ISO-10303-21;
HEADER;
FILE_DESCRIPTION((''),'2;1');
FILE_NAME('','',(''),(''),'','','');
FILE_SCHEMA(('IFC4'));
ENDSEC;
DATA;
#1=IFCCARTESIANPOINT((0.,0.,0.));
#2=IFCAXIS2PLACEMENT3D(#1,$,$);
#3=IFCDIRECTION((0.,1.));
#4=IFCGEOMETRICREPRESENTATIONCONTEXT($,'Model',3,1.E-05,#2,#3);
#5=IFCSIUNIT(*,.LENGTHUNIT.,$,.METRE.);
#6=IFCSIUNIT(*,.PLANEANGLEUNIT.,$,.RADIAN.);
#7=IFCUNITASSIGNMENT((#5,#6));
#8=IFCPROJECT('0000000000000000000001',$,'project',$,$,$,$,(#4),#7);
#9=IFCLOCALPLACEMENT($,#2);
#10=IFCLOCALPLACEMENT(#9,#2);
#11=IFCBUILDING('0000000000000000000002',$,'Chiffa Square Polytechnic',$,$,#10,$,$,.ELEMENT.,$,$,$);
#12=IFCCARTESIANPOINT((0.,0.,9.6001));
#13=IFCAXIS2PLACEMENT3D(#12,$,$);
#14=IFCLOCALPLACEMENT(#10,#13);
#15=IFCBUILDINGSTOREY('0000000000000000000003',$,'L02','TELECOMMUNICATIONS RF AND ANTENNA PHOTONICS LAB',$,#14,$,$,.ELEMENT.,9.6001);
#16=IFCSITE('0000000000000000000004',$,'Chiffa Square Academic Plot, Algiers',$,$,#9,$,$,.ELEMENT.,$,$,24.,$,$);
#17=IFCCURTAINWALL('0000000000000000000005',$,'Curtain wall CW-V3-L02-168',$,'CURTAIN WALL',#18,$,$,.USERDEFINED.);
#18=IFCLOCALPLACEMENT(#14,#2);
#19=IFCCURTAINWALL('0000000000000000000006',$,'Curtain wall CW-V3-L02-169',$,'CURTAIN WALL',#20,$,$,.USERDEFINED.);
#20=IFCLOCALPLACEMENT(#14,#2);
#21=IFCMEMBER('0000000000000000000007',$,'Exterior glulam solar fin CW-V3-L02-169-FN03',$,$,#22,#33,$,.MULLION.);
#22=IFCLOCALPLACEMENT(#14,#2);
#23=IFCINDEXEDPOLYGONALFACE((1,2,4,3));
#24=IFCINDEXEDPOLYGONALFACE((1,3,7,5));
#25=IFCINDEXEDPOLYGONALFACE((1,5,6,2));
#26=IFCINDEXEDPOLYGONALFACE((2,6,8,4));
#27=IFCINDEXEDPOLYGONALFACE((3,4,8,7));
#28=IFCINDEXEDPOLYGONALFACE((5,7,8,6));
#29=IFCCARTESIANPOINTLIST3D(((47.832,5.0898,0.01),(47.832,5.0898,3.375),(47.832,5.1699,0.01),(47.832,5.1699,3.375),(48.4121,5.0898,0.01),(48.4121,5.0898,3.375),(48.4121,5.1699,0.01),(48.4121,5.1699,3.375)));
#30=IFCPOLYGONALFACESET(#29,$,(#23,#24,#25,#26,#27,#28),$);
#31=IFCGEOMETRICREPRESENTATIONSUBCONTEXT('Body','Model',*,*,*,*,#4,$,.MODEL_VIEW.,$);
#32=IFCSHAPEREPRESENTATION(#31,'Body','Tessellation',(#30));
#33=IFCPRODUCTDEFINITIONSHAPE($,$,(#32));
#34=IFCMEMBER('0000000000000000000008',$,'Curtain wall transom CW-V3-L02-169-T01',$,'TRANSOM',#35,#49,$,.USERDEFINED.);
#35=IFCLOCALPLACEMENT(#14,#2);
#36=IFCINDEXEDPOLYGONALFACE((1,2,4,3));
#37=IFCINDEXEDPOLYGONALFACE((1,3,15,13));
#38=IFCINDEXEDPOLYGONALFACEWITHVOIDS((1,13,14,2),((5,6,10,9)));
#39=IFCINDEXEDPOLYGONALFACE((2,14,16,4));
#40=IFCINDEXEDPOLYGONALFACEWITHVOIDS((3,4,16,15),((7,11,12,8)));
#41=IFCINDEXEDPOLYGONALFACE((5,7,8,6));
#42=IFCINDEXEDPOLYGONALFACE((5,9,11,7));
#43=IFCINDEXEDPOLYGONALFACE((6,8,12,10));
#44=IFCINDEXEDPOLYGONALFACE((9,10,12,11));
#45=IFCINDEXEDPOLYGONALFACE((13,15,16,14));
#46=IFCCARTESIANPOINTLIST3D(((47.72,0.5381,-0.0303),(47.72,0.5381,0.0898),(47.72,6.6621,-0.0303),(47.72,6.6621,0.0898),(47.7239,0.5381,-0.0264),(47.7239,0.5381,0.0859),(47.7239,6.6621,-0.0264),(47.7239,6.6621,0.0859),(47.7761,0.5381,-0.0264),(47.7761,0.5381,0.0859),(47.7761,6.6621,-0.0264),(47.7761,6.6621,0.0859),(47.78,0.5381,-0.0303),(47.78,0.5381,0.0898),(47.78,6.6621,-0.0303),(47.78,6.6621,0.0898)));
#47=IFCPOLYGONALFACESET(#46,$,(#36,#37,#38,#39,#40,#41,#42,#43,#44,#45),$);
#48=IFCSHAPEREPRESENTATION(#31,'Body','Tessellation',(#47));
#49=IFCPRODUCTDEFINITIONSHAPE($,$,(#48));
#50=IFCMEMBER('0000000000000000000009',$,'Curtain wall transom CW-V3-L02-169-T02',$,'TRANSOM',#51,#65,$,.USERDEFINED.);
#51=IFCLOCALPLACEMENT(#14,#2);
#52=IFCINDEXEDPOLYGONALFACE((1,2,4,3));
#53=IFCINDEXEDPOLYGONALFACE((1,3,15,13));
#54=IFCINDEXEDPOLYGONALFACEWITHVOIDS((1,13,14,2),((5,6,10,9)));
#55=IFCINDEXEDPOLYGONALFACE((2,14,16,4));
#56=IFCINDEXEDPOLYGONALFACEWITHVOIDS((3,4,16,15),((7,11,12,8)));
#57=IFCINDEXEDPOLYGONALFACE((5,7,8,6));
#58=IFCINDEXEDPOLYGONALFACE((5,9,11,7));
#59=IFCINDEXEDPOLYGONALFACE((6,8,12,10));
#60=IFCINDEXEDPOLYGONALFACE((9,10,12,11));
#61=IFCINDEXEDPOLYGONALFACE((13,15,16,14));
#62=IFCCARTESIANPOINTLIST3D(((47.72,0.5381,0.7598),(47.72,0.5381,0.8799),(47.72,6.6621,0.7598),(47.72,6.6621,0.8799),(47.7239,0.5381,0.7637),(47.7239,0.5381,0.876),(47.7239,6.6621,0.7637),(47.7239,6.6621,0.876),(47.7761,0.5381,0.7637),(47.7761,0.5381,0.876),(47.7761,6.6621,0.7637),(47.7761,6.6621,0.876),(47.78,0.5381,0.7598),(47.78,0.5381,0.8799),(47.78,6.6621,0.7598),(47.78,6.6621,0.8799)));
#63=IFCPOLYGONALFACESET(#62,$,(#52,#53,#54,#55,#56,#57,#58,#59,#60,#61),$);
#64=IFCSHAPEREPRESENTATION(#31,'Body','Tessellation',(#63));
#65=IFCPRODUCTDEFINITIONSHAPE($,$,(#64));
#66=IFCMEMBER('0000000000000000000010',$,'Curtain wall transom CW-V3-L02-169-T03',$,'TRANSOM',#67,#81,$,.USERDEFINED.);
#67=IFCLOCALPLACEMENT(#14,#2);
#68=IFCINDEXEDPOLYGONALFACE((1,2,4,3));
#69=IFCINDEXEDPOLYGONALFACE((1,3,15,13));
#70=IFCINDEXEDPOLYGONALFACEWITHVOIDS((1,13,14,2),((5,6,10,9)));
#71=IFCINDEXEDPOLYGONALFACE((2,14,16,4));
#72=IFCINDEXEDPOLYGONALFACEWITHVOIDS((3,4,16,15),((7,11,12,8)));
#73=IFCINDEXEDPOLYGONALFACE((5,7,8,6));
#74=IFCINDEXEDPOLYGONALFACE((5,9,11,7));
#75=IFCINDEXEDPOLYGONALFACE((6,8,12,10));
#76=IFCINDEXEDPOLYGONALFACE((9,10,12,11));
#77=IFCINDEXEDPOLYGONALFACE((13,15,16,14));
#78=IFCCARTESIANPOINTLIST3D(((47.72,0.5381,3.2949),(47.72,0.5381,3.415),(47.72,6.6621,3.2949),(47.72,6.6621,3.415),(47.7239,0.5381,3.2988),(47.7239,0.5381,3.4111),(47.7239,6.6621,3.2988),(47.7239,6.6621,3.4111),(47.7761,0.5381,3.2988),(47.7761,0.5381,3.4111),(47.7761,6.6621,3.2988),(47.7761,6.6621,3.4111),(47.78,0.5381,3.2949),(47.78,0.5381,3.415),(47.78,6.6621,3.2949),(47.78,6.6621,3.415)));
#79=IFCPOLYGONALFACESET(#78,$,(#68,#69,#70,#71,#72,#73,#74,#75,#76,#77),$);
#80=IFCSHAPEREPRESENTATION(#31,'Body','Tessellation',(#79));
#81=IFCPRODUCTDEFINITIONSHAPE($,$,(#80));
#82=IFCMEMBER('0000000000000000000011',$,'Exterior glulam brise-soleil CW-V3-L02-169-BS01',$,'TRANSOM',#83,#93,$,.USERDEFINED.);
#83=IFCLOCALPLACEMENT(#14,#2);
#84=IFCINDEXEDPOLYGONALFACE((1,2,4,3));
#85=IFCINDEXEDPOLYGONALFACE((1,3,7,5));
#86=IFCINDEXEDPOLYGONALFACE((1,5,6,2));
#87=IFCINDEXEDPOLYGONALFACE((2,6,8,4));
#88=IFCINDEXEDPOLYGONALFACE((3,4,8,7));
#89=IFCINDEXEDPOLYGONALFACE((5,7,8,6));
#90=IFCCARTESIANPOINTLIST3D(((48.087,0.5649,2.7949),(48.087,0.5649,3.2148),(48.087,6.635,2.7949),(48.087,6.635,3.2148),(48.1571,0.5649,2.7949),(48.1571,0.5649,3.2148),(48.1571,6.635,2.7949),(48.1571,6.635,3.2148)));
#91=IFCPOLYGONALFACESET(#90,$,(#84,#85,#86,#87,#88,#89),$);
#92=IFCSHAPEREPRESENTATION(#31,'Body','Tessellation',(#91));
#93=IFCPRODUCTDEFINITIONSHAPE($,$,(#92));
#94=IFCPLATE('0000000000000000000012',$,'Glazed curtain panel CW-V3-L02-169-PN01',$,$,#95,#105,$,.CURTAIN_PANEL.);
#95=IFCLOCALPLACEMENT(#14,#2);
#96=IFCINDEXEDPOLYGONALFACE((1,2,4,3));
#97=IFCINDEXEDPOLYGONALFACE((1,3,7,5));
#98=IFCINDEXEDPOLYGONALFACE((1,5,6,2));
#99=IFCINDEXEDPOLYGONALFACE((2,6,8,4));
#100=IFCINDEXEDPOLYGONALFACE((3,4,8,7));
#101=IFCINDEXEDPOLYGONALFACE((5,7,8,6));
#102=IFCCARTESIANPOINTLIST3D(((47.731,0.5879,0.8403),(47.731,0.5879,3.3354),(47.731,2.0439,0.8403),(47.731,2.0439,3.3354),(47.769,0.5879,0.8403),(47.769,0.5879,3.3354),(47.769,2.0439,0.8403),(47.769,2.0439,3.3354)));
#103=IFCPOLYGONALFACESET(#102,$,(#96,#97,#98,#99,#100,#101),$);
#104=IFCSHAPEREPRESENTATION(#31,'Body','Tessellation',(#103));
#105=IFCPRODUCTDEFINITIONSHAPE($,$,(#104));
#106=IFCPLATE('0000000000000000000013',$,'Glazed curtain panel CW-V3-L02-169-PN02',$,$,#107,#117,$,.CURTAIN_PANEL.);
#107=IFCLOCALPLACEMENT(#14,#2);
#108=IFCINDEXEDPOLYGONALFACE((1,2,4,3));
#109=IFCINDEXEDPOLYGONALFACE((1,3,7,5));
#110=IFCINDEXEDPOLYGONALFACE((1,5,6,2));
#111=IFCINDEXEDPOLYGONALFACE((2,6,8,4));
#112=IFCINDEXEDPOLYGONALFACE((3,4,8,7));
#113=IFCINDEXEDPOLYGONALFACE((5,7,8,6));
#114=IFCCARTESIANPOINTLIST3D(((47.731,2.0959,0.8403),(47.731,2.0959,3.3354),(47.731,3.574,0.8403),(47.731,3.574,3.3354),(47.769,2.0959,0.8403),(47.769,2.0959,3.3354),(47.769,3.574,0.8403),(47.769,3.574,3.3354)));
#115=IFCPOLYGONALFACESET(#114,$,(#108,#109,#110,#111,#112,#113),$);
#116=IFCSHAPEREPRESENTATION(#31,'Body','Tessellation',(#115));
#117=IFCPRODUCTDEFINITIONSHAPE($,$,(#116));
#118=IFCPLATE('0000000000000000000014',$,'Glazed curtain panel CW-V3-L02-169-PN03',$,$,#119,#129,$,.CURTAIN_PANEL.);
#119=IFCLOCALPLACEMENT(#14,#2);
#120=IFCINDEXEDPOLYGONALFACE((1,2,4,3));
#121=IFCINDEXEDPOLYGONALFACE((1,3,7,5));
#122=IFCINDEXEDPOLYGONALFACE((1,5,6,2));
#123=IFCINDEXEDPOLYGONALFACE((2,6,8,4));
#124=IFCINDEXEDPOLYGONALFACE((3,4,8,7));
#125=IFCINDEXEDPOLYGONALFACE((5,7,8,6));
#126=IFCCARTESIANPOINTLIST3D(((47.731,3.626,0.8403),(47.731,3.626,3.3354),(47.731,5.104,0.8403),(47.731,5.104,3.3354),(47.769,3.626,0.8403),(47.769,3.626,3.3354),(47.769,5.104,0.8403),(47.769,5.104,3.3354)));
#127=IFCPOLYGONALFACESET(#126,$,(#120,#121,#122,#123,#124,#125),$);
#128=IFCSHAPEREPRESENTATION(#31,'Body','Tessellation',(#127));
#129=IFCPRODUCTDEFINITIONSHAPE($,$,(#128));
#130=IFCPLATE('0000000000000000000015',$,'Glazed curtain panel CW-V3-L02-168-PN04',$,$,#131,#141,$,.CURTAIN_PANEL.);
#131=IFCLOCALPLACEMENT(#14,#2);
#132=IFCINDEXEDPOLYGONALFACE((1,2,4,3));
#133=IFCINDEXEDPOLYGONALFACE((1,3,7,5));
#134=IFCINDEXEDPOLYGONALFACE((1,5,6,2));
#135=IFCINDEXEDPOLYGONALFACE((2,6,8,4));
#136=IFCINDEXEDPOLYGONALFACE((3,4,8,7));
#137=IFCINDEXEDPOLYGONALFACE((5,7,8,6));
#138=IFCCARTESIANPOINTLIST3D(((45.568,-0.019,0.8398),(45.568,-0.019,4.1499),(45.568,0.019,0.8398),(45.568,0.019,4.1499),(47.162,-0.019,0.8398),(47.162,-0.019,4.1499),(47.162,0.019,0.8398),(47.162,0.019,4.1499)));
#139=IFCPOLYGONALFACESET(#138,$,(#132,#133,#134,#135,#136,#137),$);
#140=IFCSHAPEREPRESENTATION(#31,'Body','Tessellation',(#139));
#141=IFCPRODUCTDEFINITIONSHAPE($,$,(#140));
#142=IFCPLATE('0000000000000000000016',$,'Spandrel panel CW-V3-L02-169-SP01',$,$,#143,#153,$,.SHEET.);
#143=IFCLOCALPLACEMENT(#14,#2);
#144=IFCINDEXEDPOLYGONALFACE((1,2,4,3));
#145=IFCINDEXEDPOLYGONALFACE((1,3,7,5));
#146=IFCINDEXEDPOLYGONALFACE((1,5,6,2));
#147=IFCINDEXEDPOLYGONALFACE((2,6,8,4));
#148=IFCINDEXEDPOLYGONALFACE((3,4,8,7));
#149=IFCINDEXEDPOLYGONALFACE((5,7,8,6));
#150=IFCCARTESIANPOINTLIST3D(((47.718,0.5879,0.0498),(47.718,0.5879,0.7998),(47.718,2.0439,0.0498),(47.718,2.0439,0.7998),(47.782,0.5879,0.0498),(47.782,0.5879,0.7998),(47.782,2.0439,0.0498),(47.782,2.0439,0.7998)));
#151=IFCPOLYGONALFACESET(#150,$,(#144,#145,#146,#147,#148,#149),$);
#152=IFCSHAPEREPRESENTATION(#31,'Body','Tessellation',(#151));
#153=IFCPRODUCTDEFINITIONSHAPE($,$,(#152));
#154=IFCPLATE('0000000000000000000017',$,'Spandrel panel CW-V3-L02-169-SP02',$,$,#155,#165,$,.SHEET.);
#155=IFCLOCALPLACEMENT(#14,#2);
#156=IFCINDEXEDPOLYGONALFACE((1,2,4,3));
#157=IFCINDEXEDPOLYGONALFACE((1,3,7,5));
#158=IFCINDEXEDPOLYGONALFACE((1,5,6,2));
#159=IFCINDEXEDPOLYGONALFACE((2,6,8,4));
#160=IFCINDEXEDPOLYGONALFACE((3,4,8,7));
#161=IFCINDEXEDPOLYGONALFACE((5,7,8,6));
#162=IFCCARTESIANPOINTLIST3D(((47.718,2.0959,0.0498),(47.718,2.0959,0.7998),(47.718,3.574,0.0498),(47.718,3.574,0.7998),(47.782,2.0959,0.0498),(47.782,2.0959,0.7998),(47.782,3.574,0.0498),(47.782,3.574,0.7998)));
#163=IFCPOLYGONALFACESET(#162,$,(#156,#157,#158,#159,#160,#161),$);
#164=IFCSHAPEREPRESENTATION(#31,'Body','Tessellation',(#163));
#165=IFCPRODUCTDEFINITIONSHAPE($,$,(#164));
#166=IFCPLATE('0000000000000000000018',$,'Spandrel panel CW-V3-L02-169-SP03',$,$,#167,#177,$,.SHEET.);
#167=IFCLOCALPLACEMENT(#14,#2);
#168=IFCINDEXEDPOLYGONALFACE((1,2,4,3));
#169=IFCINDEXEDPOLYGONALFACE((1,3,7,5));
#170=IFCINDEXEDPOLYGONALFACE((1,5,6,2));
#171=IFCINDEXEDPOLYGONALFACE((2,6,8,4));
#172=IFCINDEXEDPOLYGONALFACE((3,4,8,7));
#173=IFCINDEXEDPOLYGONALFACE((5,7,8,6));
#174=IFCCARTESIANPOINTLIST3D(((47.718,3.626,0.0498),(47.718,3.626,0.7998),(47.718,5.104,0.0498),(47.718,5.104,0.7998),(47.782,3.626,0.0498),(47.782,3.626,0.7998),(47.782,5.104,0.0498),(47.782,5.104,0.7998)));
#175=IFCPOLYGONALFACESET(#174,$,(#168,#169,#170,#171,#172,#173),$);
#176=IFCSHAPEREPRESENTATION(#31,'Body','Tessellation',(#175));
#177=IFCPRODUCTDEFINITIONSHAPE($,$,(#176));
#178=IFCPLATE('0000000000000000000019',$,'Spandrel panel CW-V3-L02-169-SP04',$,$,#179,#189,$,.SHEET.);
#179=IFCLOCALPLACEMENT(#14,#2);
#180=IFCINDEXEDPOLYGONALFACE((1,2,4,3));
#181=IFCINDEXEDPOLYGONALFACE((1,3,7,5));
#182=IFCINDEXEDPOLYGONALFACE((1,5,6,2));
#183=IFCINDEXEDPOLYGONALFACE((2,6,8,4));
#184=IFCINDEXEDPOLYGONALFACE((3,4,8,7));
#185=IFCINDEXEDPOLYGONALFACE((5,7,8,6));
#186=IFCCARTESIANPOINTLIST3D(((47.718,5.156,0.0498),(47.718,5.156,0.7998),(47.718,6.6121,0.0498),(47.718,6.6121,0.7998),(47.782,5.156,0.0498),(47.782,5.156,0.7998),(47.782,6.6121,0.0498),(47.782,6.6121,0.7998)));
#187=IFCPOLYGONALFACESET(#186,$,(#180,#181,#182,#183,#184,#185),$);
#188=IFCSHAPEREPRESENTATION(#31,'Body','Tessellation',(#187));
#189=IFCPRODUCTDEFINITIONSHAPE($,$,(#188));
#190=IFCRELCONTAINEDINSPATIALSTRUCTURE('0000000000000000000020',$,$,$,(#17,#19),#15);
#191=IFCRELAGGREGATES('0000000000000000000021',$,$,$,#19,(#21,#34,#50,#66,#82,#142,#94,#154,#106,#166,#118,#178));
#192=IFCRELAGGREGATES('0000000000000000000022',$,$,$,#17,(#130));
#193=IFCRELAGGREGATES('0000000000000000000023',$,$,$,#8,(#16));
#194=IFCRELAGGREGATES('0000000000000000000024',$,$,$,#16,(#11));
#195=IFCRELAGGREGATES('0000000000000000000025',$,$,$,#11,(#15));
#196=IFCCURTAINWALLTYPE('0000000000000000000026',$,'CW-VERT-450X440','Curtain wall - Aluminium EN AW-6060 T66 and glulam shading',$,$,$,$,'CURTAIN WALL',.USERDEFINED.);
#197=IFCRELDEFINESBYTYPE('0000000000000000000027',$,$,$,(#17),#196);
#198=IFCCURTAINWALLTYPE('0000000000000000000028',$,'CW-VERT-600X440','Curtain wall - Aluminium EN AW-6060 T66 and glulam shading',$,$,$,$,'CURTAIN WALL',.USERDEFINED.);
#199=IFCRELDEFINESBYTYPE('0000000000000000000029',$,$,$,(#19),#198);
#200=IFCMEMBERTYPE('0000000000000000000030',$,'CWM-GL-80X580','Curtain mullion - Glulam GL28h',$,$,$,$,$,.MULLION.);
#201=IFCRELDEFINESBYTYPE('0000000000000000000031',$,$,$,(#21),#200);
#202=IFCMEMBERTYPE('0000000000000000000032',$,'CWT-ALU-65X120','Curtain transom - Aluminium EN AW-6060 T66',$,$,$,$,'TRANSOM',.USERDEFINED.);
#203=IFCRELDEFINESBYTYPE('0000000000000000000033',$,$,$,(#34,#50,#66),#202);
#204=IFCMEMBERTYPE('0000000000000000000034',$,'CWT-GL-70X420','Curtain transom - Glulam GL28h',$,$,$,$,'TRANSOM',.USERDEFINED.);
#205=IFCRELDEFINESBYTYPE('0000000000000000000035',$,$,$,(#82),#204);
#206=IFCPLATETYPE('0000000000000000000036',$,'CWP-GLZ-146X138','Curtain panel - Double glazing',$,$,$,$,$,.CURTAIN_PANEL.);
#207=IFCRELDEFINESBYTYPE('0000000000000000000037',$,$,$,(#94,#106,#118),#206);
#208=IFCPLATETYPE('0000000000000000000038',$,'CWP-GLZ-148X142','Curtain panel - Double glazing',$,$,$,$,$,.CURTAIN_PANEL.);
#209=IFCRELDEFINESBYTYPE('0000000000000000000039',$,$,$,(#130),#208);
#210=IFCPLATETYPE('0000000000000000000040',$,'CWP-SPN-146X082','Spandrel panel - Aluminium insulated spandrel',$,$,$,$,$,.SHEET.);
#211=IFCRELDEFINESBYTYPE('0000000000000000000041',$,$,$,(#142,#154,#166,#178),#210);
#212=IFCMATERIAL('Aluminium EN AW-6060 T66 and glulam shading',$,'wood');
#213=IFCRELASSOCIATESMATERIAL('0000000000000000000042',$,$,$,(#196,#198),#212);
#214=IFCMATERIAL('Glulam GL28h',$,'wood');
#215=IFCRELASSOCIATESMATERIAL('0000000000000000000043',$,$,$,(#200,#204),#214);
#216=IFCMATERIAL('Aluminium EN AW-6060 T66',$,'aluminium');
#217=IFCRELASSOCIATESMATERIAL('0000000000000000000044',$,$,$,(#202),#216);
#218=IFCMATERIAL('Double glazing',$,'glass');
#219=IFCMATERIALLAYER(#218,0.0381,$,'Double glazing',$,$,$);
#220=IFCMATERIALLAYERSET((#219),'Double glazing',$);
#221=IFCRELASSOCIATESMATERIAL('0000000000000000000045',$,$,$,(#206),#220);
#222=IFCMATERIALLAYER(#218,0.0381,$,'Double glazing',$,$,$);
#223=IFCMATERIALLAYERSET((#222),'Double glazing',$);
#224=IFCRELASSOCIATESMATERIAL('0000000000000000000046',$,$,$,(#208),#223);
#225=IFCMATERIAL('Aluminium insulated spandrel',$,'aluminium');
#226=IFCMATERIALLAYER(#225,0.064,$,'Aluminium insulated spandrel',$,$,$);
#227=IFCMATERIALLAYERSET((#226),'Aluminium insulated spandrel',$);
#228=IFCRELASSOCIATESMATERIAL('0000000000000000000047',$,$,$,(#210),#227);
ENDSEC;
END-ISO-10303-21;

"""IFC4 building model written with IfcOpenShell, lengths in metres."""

from ifc_helpers import new_model, si_unit, direction, frame, origin, origin_2d, place, context, subcontext, project, spatial, rectangle, hollow_rectangle, extrude, material, layer, layer_set, material_profile, profile_set, type_object, element, aggregate, save


model = new_model("IFC4")

# Units and contexts
model_context = context("Model", 3, precision=1e-05, world=origin(), true_north=direction((0.0, 1.0)))
body_context = subcontext(model_context, "Body", "Model", "MODEL_VIEW")
ifc_project = project(units=[si_unit("LENGTHUNIT", "METRE"), si_unit("PLANEANGLEUNIT", "RADIAN")], contexts=[model_context])

# Site, building, storey
site_placement = place(None, origin())
site = spatial("IfcSite", under=ifc_project, at=site_placement, Name="Chiffa Square Academic Plot, Algiers", CompositionType="ELEMENT", RefElevation=24.0)
building_placement = place(site_placement, origin())
building = spatial("IfcBuilding", under=site, at=building_placement, Name="Chiffa Square Polytechnic", CompositionType="ELEMENT")
storey_placement = place(building_placement, frame((0.0, 0.0, 9.6001)))
storey = spatial("IfcBuildingStorey", under=building, at=storey_placement, Name="L02", Description="TELECOMMUNICATIONS RF AND ANTENNA PHOTONICS LAB", CompositionType="ELEMENT", Elevation=9.6001)

# Curtain wall
ifc_material_1 = material(Name="Aluminium EN AW-6060 T66 and glulam shading", Category="wood")
curtain_wall_type_1 = type_object("IfcCurtainWallType", Name="CW-VERT-450X440", Description="Curtain wall - Aluminium EN AW-6060 T66 and glulam shading", ElementType="CURTAIN WALL", PredefinedType="USERDEFINED", material=ifc_material_1)
curtain_wall_1_placement = place(storey_placement, origin())
curtain_wall_1 = element("IfcCurtainWall", 1, at=curtain_wall_1_placement, inside=storey, type_object=curtain_wall_type_1, Name="Curtain wall CW-V3-L02-168", ObjectType="CURTAIN WALL", PredefinedType="USERDEFINED")
ifc_material_2 = material(Name="Aluminium EN AW-6060 T66", Category="aluminium")

# Curtain wall
curtain_wall_type_2 = type_object("IfcCurtainWallType", Name="CW-VERT-600X440", Description="Curtain wall - Aluminium EN AW-6060 T66 and glulam shading", ElementType="CURTAIN WALL", PredefinedType="USERDEFINED", material=ifc_material_1)
curtain_wall_2_placement = place(storey_placement, origin())
curtain_wall_2 = element("IfcCurtainWall", 2, at=curtain_wall_2_placement, inside=storey, type_object=curtain_wall_type_2, Name="Curtain wall CW-V3-L02-169", ObjectType="CURTAIN WALL", PredefinedType="USERDEFINED")

# Members
ifc_material_3 = material(Name="Glulam GL28h", Category="wood")
ifc_material_profile_1 = material_profile(ifc_material_3, rectangle(XDim=0.0801, YDim=0.5801, at=origin_2d()), Name="GL28h 80x580")
ifc_profile_set_1 = profile_set([ifc_material_profile_1], Name="Glulam GL28h")
member_type_1 = type_object("IfcMemberType", Name="CWM-GL-80X580", Description="Curtain mullion - Glulam GL28h", PredefinedType="MULLION", material=ifc_profile_set_1)
member_1_placement = place(storey_placement, frame((48.1221, 5.1299, 0.01), z_axis=(0.0, 0.0, 1.0), x_axis=(0.0, 1.0, 0.0)))
member_1 = element("IfcMember", 3, at=member_1_placement, type_object=member_type_1, Name="Exterior glulam solar fin CW-V3-L02-169-FN03", PredefinedType="MULLION", context=body_context, shape_type="SweptSolid", body=[
    extrude(rectangle(XDim=0.0801, YDim=0.5801, at=origin_2d()), origin(), (0.0, 0.0, 1.0), 3.365),
])
ifc_material_profile_2 = material_profile(ifc_material_2, hollow_rectangle(XDim=0.0601, YDim=0.1201, WallThickness=0.0039, at=origin_2d()), Name="ALU 60x120x4")
ifc_profile_set_2 = profile_set([ifc_material_profile_2], Name="Aluminium EN AW-6060 T66")
member_type_2 = type_object("IfcMemberType", Name="CWT-ALU-65X120", Description="Curtain transom - Aluminium EN AW-6060 T66", ElementType="TRANSOM", PredefinedType="USERDEFINED", material=ifc_profile_set_2)
member_2_placement = place(storey_placement, frame((47.75, 0.5381, 0.0298), z_axis=(0.0, 1.0, 0.0), x_axis=(-1.0, 0.0, 0.0)))
member_2 = element("IfcMember", 4, at=member_2_placement, type_object=member_type_2, Name="Curtain wall transom CW-V3-L02-169-T01", ObjectType="TRANSOM", PredefinedType="USERDEFINED", context=body_context, shape_type="SweptSolid", body=[
    extrude(hollow_rectangle(XDim=0.0601, YDim=0.1201, WallThickness=0.0039, at=origin_2d()), origin(), (0.0, 0.0, 1.0), 6.124),
])
member_3_placement = place(storey_placement, frame((47.75, 0.5381, 0.8198), z_axis=(0.0, 1.0, 0.0), x_axis=(-1.0, 0.0, 0.0)))
member_3 = element("IfcMember", 5, at=member_3_placement, type_object=member_type_2, Name="Curtain wall transom CW-V3-L02-169-T02", ObjectType="TRANSOM", PredefinedType="USERDEFINED", context=body_context, shape_type="SweptSolid", body=[
    extrude(hollow_rectangle(XDim=0.0601, YDim=0.1201, WallThickness=0.0039, at=origin_2d()), origin(), (0.0, 0.0, 1.0), 6.124),
])
member_4_placement = place(storey_placement, frame((47.75, 0.5381, 3.355), z_axis=(0.0, 1.0, 0.0), x_axis=(-1.0, 0.0, 0.0)))
member_4 = element("IfcMember", 6, at=member_4_placement, type_object=member_type_2, Name="Curtain wall transom CW-V3-L02-169-T03", ObjectType="TRANSOM", PredefinedType="USERDEFINED", context=body_context, shape_type="SweptSolid", body=[
    extrude(hollow_rectangle(XDim=0.0601, YDim=0.1201, WallThickness=0.0039, at=origin_2d()), origin(), (0.0, 0.0, 1.0), 6.124),
])
ifc_material_profile_3 = material_profile(ifc_material_3, rectangle(XDim=0.0701, YDim=0.4199, at=origin_2d()), Name="GL28h 70x420")
ifc_profile_set_3 = profile_set([ifc_material_profile_3], Name="Glulam GL28h")
member_type_3 = type_object("IfcMemberType", Name="CWT-GL-70X420", Description="Curtain transom - Glulam GL28h", ElementType="TRANSOM", PredefinedType="USERDEFINED", material=ifc_profile_set_3)
member_5_placement = place(storey_placement, frame((48.1221, 0.5649, 3.0049), z_axis=(0.0, 1.0, 0.0), x_axis=(-1.0, 0.0, 0.0)))
member_5 = element("IfcMember", 7, at=member_5_placement, type_object=member_type_3, Name="Exterior glulam brise-soleil CW-V3-L02-169-BS01", ObjectType="TRANSOM", PredefinedType="USERDEFINED", context=body_context, shape_type="SweptSolid", body=[
    extrude(rectangle(XDim=0.0701, YDim=0.4199, at=origin_2d()), origin(), (0.0, 0.0, 1.0), 6.0701),
])

# Plates
ifc_material_4 = material(Name="Double glazing", Category="glass")
ifc_layer_1 = layer(ifc_material_4, 0.0381, Name="Double glazing")
ifc_layer_set_1 = layer_set([ifc_layer_1], Name="Double glazing")
plate_type_1 = type_object("IfcPlateType", Name="CWP-GLZ-146X138", Description="Curtain panel - Double glazing", PredefinedType="CURTAIN_PANEL", material=ifc_layer_set_1)
plate_1_placement = place(storey_placement, frame((47.75, 1.3159, 0.8403), z_axis=(0.0, 0.0, 1.0), x_axis=(0.0, 1.0, 0.0)))
plate_1 = element("IfcPlate", 8, at=plate_1_placement, type_object=plate_type_1, Name="Glazed curtain panel CW-V3-L02-169-PN01", PredefinedType="CURTAIN_PANEL", context=body_context, shape_type="SweptSolid", body=[
    extrude(rectangle(XDim=1.4561, YDim=0.0381, at=origin_2d()), origin(), (0.0, 0.0, 1.0), 2.4951),
])
plate_2_placement = place(storey_placement, frame((47.75, 2.835, 0.8403), z_axis=(0.0, 0.0, 1.0), x_axis=(0.0, 1.0, 0.0)))
plate_2 = element("IfcPlate", 9, at=plate_2_placement, type_object=plate_type_1, Name="Glazed curtain panel CW-V3-L02-169-PN02", PredefinedType="CURTAIN_PANEL", context=body_context, shape_type="SweptSolid", body=[
    extrude(rectangle(XDim=1.478, YDim=0.0381, at=origin_2d()), origin(), (0.0, 0.0, 1.0), 2.4951),
])
plate_3_placement = place(storey_placement, frame((47.75, 4.365, 0.8403), z_axis=(0.0, 0.0, 1.0), x_axis=(0.0, 1.0, 0.0)))
plate_3 = element("IfcPlate", 10, at=plate_3_placement, type_object=plate_type_1, Name="Glazed curtain panel CW-V3-L02-169-PN03", PredefinedType="CURTAIN_PANEL", context=body_context, shape_type="SweptSolid", body=[
    extrude(rectangle(XDim=1.478, YDim=0.0381, at=origin_2d()), origin(), (0.0, 0.0, 1.0), 2.4951),
])
ifc_layer_2 = layer(ifc_material_4, 0.0381, Name="Double glazing")
ifc_layer_set_2 = layer_set([ifc_layer_2], Name="Double glazing")
plate_type_2 = type_object("IfcPlateType", Name="CWP-GLZ-148X142", Description="Curtain panel - Double glazing", PredefinedType="CURTAIN_PANEL", material=ifc_layer_set_2)
plate_4_placement = place(storey_placement, frame((46.365, 0.0, 0.8398), z_axis=(0.0, 0.0, 1.0), x_axis=(1.0, 0.0, 0.0)))
plate_4 = element("IfcPlate", 11, at=plate_4_placement, type_object=plate_type_2, Name="Glazed curtain panel CW-V3-L02-168-PN04", PredefinedType="CURTAIN_PANEL", context=body_context, shape_type="SweptSolid", body=[
    extrude(rectangle(XDim=1.594, YDim=0.0381, at=origin_2d()), origin(), (0.0, 0.0, 1.0), 3.3101),
])
ifc_material_5 = material(Name="Aluminium insulated spandrel", Category="aluminium")
ifc_layer_3 = layer(ifc_material_5, 0.064, Name="Aluminium insulated spandrel")
ifc_layer_set_3 = layer_set([ifc_layer_3], Name="Aluminium insulated spandrel")
plate_type_3 = type_object("IfcPlateType", Name="CWP-SPN-146X082", Description="Spandrel panel - Aluminium insulated spandrel", PredefinedType="SHEET", material=ifc_layer_set_3)
plate_5_placement = place(storey_placement, frame((47.75, 1.3159, 0.0498), z_axis=(0.0, 0.0, 1.0), x_axis=(0.0, 1.0, 0.0)))
plate_5 = element("IfcPlate", 12, at=plate_5_placement, type_object=plate_type_3, Name="Spandrel panel CW-V3-L02-169-SP01", PredefinedType="SHEET", context=body_context, shape_type="SweptSolid", body=[
    extrude(rectangle(XDim=1.4561, YDim=0.064, at=origin_2d()), origin(), (0.0, 0.0, 1.0), 0.75),
])
plate_6_placement = place(storey_placement, frame((47.75, 2.835, 0.0498), z_axis=(0.0, 0.0, 1.0), x_axis=(0.0, 1.0, 0.0)))
plate_6 = element("IfcPlate", 13, at=plate_6_placement, type_object=plate_type_3, Name="Spandrel panel CW-V3-L02-169-SP02", PredefinedType="SHEET", context=body_context, shape_type="SweptSolid", body=[
    extrude(rectangle(XDim=1.478, YDim=0.064, at=origin_2d()), origin(), (0.0, 0.0, 1.0), 0.75),
])
plate_7_placement = place(storey_placement, frame((47.75, 4.365, 0.0498), z_axis=(0.0, 0.0, 1.0), x_axis=(0.0, 1.0, 0.0)))
plate_7 = element("IfcPlate", 14, at=plate_7_placement, type_object=plate_type_3, Name="Spandrel panel CW-V3-L02-169-SP03", PredefinedType="SHEET", context=body_context, shape_type="SweptSolid", body=[
    extrude(rectangle(XDim=1.478, YDim=0.064, at=origin_2d()), origin(), (0.0, 0.0, 1.0), 0.75),
])
plate_8_placement = place(storey_placement, frame((47.75, 5.884, 0.0498), z_axis=(0.0, 0.0, 1.0), x_axis=(0.0, 1.0, 0.0)))
plate_8 = element("IfcPlate", 15, at=plate_8_placement, type_object=plate_type_3, Name="Spandrel panel CW-V3-L02-169-SP04", PredefinedType="SHEET", context=body_context, shape_type="SweptSolid", body=[
    extrude(rectangle(XDim=1.4561, YDim=0.064, at=origin_2d()), origin(), (0.0, 0.0, 1.0), 0.75),
])
aggregate(curtain_wall_2, [member_1, member_2, member_3, member_4, member_5, plate_5, plate_1, plate_6, plate_2, plate_7, plate_3, plate_8])
aggregate(curtain_wall_1, [plate_4])

save(model, "model.ifc")
